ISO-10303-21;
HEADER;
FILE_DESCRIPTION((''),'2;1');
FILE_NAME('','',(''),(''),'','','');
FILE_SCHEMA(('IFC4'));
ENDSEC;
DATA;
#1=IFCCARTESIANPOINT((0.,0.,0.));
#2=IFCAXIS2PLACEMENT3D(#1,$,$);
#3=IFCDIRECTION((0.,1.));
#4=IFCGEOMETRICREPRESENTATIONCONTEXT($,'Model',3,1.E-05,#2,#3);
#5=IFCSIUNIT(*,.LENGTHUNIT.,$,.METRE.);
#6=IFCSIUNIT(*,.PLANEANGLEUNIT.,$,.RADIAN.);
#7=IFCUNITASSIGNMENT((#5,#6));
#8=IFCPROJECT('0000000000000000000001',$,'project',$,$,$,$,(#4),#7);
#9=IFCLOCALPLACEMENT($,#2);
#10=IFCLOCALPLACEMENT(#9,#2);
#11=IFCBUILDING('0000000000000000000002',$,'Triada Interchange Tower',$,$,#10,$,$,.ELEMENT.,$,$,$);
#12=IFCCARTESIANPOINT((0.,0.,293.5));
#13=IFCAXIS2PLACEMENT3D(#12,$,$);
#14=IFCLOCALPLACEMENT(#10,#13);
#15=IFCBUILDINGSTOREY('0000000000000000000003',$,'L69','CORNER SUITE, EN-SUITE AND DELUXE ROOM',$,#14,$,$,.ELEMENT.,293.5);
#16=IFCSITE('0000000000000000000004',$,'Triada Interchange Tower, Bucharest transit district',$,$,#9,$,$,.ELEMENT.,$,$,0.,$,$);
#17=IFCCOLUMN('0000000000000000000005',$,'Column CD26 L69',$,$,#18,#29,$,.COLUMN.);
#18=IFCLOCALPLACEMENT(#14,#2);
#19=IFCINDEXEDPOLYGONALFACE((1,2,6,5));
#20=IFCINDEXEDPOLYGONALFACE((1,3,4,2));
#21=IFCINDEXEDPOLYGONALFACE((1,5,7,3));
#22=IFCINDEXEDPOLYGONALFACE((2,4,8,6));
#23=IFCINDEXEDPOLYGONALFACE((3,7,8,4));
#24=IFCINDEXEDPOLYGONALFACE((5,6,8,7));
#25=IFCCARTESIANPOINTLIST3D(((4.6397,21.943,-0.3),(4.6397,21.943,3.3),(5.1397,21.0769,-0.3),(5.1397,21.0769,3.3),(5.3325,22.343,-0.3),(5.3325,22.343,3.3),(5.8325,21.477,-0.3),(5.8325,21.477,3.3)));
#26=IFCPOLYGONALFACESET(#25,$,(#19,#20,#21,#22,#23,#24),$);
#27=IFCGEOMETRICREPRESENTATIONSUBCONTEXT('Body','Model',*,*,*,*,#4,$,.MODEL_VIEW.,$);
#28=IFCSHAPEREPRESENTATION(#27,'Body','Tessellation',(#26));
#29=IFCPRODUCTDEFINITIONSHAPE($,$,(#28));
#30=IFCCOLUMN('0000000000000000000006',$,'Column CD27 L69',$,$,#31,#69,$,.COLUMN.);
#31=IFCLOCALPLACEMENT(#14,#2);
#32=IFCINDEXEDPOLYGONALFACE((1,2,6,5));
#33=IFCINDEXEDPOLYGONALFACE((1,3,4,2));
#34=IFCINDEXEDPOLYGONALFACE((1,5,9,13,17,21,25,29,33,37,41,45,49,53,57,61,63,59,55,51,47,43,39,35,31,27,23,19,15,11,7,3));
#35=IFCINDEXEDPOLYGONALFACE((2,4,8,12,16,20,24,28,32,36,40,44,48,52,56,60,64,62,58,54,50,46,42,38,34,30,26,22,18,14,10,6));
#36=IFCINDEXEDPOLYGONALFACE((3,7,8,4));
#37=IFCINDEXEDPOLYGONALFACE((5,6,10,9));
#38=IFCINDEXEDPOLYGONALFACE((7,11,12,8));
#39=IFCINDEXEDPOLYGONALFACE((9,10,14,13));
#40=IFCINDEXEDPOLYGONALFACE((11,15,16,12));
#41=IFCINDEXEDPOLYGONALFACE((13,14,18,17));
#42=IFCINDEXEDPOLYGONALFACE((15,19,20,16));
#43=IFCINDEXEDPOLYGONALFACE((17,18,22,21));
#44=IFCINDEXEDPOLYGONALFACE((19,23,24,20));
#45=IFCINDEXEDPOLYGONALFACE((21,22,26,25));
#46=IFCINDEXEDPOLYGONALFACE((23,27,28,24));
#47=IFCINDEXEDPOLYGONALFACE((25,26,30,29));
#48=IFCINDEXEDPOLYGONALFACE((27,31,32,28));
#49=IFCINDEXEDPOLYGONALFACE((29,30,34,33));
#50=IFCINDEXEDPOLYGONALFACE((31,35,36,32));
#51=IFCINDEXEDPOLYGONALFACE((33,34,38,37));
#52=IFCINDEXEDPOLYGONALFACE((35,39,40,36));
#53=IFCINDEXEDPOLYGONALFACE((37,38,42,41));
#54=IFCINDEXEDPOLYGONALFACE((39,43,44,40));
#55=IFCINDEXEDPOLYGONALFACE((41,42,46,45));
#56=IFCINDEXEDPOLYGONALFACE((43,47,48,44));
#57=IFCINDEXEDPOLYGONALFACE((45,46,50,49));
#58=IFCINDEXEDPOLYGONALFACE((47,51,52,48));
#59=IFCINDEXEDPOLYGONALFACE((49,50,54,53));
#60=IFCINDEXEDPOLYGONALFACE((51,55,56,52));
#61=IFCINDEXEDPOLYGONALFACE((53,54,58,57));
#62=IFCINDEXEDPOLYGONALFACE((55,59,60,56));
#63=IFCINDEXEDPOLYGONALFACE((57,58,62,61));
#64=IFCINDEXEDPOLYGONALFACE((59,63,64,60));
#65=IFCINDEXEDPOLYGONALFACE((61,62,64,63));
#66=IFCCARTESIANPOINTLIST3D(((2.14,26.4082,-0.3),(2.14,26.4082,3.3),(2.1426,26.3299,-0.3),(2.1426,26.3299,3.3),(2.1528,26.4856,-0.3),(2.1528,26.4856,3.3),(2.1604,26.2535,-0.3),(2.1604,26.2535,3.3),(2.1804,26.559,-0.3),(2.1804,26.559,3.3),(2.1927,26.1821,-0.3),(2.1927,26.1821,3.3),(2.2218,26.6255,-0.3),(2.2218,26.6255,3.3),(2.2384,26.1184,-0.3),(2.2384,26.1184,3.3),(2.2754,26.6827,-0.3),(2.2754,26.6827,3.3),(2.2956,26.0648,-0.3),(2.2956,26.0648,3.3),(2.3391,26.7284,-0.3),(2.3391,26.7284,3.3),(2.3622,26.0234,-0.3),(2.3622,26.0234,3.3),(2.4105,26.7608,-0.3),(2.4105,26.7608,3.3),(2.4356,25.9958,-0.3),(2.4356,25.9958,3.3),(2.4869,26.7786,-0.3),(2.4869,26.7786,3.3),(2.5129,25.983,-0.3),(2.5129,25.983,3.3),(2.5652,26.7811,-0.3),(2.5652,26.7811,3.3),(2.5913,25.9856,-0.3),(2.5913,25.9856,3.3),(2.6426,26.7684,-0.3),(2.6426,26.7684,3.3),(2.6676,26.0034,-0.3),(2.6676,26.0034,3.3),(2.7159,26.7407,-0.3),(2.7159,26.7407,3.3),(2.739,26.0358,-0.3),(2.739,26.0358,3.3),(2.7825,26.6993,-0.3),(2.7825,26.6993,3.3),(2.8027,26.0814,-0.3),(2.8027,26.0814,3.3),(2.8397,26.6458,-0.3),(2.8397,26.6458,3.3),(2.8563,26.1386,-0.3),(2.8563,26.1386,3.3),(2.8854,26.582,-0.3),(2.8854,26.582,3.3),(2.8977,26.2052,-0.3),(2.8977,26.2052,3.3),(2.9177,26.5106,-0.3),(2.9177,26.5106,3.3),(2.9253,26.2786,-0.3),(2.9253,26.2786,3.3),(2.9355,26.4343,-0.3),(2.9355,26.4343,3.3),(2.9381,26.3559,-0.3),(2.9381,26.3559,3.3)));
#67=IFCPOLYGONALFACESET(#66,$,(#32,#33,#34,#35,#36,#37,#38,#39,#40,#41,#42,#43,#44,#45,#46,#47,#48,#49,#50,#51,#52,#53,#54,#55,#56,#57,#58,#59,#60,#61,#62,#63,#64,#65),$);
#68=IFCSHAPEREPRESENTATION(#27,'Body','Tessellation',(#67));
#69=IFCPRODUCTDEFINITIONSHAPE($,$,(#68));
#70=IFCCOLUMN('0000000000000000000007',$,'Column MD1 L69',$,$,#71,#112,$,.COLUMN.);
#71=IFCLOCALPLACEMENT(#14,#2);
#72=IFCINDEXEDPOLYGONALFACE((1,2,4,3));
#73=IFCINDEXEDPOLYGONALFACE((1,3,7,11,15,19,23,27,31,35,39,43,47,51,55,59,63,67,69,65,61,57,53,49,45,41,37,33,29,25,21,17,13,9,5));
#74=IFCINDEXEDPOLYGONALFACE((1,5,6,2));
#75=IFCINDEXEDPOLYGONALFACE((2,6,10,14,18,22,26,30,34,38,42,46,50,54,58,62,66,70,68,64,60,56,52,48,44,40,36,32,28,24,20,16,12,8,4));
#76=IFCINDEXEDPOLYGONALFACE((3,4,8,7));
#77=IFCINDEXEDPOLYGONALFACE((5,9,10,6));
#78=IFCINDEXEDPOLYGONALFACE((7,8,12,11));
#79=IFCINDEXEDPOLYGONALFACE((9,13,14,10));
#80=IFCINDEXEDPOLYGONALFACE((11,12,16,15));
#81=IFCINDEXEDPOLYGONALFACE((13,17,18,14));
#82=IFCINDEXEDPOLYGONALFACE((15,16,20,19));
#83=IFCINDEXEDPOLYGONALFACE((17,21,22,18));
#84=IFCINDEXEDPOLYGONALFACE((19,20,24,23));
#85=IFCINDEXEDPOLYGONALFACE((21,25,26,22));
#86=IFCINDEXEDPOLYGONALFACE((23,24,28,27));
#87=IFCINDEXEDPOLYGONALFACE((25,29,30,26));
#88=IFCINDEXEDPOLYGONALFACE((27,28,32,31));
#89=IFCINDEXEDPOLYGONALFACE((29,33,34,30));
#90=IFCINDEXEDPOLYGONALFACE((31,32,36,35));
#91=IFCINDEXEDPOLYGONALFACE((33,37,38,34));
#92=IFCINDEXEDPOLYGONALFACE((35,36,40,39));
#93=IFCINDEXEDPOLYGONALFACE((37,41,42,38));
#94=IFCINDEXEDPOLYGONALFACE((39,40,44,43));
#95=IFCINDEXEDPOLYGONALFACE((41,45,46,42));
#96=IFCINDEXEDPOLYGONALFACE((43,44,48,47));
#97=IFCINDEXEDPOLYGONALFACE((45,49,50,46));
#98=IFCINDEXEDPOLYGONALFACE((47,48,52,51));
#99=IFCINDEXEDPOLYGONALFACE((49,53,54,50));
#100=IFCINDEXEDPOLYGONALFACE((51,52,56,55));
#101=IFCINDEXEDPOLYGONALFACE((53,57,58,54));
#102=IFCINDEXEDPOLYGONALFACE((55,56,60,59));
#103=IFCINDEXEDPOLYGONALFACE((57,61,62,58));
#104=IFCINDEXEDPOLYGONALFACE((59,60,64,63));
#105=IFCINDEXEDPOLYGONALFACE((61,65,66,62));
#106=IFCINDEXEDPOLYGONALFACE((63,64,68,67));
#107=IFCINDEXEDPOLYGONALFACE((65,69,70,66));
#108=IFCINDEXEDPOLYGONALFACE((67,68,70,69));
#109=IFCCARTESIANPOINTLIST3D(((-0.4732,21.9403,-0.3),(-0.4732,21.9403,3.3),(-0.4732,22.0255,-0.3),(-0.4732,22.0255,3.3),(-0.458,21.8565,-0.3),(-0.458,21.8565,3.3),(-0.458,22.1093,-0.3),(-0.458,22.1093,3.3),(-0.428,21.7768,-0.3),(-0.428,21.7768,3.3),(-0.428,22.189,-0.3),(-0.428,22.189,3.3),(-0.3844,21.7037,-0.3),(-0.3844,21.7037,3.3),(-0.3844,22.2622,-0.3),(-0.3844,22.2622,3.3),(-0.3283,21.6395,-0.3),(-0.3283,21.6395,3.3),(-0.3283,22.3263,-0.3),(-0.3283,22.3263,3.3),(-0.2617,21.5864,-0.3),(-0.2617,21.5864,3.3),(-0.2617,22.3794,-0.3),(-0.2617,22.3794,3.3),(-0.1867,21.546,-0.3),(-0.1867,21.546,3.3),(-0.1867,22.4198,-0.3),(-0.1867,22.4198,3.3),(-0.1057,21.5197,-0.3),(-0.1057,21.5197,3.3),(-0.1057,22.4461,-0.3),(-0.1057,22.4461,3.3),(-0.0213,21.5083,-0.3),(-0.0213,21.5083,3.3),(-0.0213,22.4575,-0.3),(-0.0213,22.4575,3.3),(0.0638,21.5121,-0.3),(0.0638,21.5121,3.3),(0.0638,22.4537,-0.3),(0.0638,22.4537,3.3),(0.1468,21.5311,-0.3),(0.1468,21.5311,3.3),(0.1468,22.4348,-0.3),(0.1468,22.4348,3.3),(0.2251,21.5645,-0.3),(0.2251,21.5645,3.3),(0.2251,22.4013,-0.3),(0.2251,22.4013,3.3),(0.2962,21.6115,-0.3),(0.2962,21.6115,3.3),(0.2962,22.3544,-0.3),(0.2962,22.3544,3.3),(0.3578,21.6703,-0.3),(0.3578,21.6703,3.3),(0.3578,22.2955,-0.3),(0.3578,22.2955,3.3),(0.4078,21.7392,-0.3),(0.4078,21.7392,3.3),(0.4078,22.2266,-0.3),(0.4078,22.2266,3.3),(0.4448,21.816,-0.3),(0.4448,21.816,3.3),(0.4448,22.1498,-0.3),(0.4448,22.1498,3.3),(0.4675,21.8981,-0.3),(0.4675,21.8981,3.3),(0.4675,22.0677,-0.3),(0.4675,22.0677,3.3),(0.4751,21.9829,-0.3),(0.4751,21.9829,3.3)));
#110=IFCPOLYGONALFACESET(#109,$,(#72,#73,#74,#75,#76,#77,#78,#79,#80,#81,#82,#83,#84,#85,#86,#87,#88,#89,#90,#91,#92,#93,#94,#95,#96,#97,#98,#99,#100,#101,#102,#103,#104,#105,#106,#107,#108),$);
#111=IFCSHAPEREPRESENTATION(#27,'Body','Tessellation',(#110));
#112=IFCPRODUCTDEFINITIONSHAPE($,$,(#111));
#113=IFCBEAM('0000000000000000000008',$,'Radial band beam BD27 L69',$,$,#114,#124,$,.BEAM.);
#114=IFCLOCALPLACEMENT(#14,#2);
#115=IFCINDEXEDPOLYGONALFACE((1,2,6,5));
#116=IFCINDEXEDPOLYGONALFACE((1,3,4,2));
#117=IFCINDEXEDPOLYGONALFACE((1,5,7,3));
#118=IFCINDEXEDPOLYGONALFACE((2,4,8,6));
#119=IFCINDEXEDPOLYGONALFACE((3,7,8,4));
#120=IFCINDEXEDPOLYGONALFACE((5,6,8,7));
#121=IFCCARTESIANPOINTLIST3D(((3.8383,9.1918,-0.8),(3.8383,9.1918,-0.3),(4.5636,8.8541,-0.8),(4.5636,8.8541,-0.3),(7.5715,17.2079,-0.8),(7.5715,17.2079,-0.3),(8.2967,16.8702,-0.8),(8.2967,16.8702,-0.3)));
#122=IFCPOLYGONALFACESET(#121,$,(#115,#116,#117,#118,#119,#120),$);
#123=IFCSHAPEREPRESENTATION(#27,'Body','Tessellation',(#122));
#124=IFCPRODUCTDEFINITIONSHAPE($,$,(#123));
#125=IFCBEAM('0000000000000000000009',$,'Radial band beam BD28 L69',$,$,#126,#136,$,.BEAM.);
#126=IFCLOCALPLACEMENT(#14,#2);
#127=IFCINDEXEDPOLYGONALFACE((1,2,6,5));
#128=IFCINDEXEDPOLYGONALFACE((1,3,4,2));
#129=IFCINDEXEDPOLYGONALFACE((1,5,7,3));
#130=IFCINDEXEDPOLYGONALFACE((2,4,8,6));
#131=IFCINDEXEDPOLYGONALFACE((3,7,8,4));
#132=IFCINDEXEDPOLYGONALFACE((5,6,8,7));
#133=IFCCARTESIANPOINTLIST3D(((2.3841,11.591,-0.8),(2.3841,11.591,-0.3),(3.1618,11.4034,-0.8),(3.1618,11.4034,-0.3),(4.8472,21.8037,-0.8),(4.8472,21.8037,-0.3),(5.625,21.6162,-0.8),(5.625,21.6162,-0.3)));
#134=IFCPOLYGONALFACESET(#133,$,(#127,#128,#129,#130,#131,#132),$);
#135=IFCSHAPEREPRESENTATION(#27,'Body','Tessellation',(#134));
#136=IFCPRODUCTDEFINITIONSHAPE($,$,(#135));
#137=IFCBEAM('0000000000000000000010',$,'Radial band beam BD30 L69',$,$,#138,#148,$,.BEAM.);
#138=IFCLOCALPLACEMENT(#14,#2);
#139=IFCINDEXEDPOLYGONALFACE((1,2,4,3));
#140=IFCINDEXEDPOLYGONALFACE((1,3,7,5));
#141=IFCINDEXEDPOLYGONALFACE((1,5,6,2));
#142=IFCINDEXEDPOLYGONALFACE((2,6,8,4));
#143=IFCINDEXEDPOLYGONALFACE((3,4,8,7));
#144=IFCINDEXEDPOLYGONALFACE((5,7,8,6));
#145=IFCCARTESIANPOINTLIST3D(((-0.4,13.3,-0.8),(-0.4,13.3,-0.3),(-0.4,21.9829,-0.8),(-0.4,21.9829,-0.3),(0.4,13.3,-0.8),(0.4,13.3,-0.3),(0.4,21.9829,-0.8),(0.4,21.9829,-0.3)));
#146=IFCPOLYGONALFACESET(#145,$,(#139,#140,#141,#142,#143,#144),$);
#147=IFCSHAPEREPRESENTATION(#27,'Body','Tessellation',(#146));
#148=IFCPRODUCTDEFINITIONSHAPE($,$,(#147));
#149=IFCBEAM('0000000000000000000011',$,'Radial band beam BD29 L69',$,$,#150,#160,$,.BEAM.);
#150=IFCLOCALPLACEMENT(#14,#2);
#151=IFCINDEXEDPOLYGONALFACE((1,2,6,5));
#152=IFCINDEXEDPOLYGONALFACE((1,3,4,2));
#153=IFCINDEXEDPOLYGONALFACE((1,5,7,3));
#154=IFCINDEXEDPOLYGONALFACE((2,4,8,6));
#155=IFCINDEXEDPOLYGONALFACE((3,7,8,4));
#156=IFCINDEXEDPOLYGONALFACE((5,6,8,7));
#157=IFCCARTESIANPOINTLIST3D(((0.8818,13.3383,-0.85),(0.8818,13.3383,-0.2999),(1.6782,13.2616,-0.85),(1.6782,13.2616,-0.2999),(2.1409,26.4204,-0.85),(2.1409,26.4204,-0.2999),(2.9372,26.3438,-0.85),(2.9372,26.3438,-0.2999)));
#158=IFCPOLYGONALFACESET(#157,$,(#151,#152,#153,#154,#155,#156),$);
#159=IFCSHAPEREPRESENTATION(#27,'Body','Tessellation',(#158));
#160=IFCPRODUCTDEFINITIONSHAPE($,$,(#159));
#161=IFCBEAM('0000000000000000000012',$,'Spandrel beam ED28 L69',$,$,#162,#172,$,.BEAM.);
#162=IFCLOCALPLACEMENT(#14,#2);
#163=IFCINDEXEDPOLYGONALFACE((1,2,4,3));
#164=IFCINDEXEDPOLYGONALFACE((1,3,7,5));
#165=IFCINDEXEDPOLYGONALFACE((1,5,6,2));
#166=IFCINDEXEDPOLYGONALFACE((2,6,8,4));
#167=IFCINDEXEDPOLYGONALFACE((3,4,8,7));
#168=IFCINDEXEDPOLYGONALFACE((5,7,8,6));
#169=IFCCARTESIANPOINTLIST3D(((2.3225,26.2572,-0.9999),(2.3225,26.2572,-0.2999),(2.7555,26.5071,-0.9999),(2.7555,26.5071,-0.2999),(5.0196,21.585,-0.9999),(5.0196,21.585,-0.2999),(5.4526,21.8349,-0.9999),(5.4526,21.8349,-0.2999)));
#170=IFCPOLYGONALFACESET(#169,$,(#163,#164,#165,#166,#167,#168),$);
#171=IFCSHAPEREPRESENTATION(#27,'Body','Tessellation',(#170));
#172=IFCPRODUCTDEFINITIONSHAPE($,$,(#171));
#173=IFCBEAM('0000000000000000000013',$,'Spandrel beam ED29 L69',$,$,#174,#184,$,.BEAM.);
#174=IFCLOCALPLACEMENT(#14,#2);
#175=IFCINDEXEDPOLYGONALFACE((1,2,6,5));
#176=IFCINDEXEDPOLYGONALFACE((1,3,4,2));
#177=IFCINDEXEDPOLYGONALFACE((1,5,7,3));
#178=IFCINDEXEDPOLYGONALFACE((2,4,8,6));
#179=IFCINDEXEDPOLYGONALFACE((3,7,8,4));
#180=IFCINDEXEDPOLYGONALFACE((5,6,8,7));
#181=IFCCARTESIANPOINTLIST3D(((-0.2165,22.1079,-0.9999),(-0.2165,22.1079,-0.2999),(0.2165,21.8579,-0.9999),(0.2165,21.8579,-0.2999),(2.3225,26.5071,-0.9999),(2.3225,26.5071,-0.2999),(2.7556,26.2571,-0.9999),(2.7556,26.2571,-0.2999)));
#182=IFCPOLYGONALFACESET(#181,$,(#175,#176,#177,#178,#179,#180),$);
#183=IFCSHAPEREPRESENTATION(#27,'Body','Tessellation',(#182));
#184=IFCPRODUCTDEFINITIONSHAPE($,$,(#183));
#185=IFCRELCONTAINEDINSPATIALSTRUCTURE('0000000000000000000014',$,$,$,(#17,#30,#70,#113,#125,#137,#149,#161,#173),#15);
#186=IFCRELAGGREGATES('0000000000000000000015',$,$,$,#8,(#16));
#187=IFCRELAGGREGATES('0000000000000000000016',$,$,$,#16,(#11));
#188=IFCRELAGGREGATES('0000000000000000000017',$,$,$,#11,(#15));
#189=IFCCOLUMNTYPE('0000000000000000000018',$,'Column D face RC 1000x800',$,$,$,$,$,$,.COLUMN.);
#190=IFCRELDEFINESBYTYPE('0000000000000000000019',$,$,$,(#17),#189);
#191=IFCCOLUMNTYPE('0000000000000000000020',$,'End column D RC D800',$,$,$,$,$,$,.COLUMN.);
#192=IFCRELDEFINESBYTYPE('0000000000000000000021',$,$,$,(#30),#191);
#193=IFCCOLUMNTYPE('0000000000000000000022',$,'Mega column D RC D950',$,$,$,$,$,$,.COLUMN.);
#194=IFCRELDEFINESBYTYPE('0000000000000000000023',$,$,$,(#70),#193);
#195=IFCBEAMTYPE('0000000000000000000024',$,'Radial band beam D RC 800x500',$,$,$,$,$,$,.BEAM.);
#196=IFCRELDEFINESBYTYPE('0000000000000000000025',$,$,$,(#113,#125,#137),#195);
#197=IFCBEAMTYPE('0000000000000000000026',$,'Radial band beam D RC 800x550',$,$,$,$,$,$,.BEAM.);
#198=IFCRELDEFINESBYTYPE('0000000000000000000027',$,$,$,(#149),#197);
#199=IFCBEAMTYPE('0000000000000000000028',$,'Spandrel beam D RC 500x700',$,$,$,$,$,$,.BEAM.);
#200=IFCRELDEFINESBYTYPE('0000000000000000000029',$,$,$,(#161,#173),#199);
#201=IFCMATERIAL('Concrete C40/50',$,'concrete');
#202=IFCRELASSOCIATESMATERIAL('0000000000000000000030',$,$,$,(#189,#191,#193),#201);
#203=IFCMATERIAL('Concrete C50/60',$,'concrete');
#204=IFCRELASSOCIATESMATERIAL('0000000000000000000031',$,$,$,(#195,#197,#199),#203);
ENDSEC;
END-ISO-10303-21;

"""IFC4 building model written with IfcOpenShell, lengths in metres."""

from ifc_helpers import new_model, si_unit, direction, frame, origin, origin_2d, place, context, subcontext, project, spatial, rectangle, circle, extrude, material, material_profile, profile_set, type_object, element, save


model = new_model("IFC4")

# Units and contexts
model_context = context("Model", 3, precision=1e-05, world=origin(), true_north=direction((0.0, 1.0)))
body_context = subcontext(model_context, "Body", "Model", "MODEL_VIEW")
ifc_project = project(units=[si_unit("LENGTHUNIT", "METRE"), si_unit("PLANEANGLEUNIT", "RADIAN")], contexts=[model_context])

# Site, building, storey
site_placement = place(None, origin())
site = spatial("IfcSite", under=ifc_project, at=site_placement, Name="Triada Interchange Tower, Bucharest transit district", CompositionType="ELEMENT", RefElevation=0.0)
building_placement = place(site_placement, origin())
building = spatial("IfcBuilding", under=site, at=building_placement, Name="Triada Interchange Tower", CompositionType="ELEMENT")
storey_placement = place(building_placement, frame((0.0, 0.0, 293.5)))
storey = spatial("IfcBuildingStorey", under=building, at=storey_placement, Name="L69", Description="CORNER SUITE, EN-SUITE AND DELUXE ROOM", CompositionType="ELEMENT", Elevation=293.5)

# Columns
ifc_material_1 = material(Name="Concrete C40/50", Category="concrete")
ifc_material_profile_1 = material_profile(ifc_material_1, rectangle(XDim=1.0, YDim=0.8, at=origin_2d()), Name="RC 1000x800")
ifc_profile_set_1 = profile_set([ifc_material_profile_1], Name="Concrete C40/50")
column_type_1 = type_object("IfcColumnType", Name="Column D face RC 1000x800", PredefinedType="COLUMN", material=ifc_profile_set_1)
column_1_placement = place(storey_placement, frame((5.2361, 21.71, -0.3), z_axis=(0.0, 0.0, 1.0), x_axis=(-0.5, 0.866025, 0.0)))
element("IfcColumn", 1, at=column_1_placement, inside=storey, type_object=column_type_1, Name="Column CD26 L69", PredefinedType="COLUMN", context=body_context, shape_type="SweptSolid", body=[
    extrude(rectangle(XDim=1.0, YDim=0.8, at=origin_2d()), origin(), (0.0, 0.0, 1.0), 3.6001),
])
ifc_material_profile_2 = material_profile(ifc_material_1, circle(Radius=0.3999, at=origin_2d()), Name="RC D800")
ifc_profile_set_2 = profile_set([ifc_material_profile_2], Name="Concrete C40/50")
column_type_2 = type_object("IfcColumnType", Name="End column D RC D800", PredefinedType="COLUMN", material=ifc_profile_set_2)
column_2_placement = place(storey_placement, frame((2.5391, 26.3821, -0.3), z_axis=(0.0, 0.0, 1.0), x_axis=(-0.5, 0.866025, 0.0)))
element("IfcColumn", 2, at=column_2_placement, inside=storey, type_object=column_type_2, Name="Column CD27 L69", PredefinedType="COLUMN", context=body_context, shape_type="SweptSolid", body=[
    extrude(circle(Radius=0.3999, at=origin_2d()), origin(), (0.0, 0.0, 1.0), 3.6001),
])
ifc_material_profile_3 = material_profile(ifc_material_1, circle(Radius=0.4751, at=origin_2d()), Name="RC D950")
ifc_profile_set_3 = profile_set([ifc_material_profile_3], Name="Concrete C40/50")
column_type_3 = type_object("IfcColumnType", Name="Mega column D RC D950", PredefinedType="COLUMN", material=ifc_profile_set_3)
column_3_placement = place(storey_placement, frame((0.0, 21.9829, -0.3), z_axis=(0.0, 0.0, 1.0), x_axis=(1.0, 0.0, 0.0)))
element("IfcColumn", 3, at=column_3_placement, inside=storey, type_object=column_type_3, Name="Column MD1 L69", PredefinedType="COLUMN", context=body_context, shape_type="SweptSolid", body=[
    extrude(circle(Radius=0.4751, at=origin_2d()), origin(), (0.0, 0.0, 1.0), 3.6001),
])

# Beams
ifc_material_2 = material(Name="Concrete C50/60", Category="concrete")
ifc_material_profile_4 = material_profile(ifc_material_2, rectangle(XDim=0.8, YDim=0.5, at=origin_2d()), Name="RC 800x500")
ifc_profile_set_4 = profile_set([ifc_material_profile_4], Name="Concrete C50/60")
beam_type_1 = type_object("IfcBeamType", Name="Radial band beam D RC 800x500", PredefinedType="BEAM", material=ifc_profile_set_4)
beam_1_placement = place(storey_placement, frame((7.9341, 17.0391, -0.55), z_axis=(-0.42217, -0.906516, 0.0), x_axis=(0.906516, -0.42217, 0.0)))
element("IfcBeam", 4, at=beam_1_placement, inside=storey, type_object=beam_type_1, Name="Radial band beam BD27 L69", PredefinedType="BEAM", context=body_context, shape_type="SweptSolid", body=[
    extrude(rectangle(XDim=0.8, YDim=0.5, at=origin_2d()), origin(), (0.0, 0.0, 1.0), 8.8428),
])
beam_2_placement = place(storey_placement, frame((5.2361, 21.71, -0.55), z_axis=(-0.234457, -0.972127, 0.0), x_axis=(0.972127, -0.234457, 0.0)))
element("IfcBeam", 5, at=beam_2_placement, inside=storey, type_object=beam_type_1, Name="Radial band beam BD28 L69", PredefinedType="BEAM", context=body_context, shape_type="SweptSolid", body=[
    extrude(rectangle(XDim=0.8, YDim=0.5, at=origin_2d()), origin(), (0.0, 0.0, 1.0), 10.5056),
])
beam_3_placement = place(storey_placement, frame((0.0, 21.9829, -0.55), z_axis=(0.0, -1.0, 0.0), x_axis=(1.0, 0.0, 0.0)))
element("IfcBeam", 6, at=beam_3_placement, inside=storey, type_object=beam_type_1, Name="Radial band beam BD30 L69", PredefinedType="BEAM", context=body_context, shape_type="SweptSolid", body=[
    extrude(rectangle(XDim=0.8, YDim=0.5, at=origin_2d()), origin(), (0.0, 0.0, 1.0), 8.6829),
])
ifc_material_profile_5 = material_profile(ifc_material_2, rectangle(XDim=0.8, YDim=0.55, at=origin_2d()), Name="RC 800x550")
ifc_profile_set_5 = profile_set([ifc_material_profile_5], Name="Concrete C50/60")
beam_type_2 = type_object("IfcBeamType", Name="Radial band beam D RC 800x550", PredefinedType="BEAM", material=ifc_profile_set_5)
beam_4_placement = place(storey_placement, frame((2.5391, 26.3821, -0.575), z_axis=(-0.095799, -0.995401, 0.0), x_axis=(0.995401, -0.095799, 0.0)))
element("IfcBeam", 7, at=beam_4_placement, inside=storey, type_object=beam_type_2, Name="Radial band beam BD29 L69", PredefinedType="BEAM", context=body_context, shape_type="SweptSolid", body=[
    extrude(rectangle(XDim=0.8, YDim=0.55, at=origin_2d()), origin(), (0.0, 0.0, 1.0), 13.1426),
])
ifc_material_profile_6 = material_profile(ifc_material_2, rectangle(XDim=0.5, YDim=0.7, at=origin_2d()), Name="RC 500x700")
ifc_profile_set_6 = profile_set([ifc_material_profile_6], Name="Concrete C50/60")
beam_type_3 = type_object("IfcBeamType", Name="Spandrel beam D RC 500x700", PredefinedType="BEAM", material=ifc_profile_set_6)
beam_5_placement = place(storey_placement, frame((5.2361, 21.71, -0.6499), z_axis=(-0.499941, 0.86606, 0.0), x_axis=(-0.86606, -0.499941, 0.0)))
element("IfcBeam", 8, at=beam_5_placement, inside=storey, type_object=beam_type_3, Name="Spandrel beam ED28 L69", PredefinedType="BEAM", context=body_context, shape_type="SweptSolid", body=[
    extrude(rectangle(XDim=0.5, YDim=0.7, at=origin_2d()), origin(), (0.0, 0.0, 1.0), 5.3948),
])
for number, where, z_axis, x_axis, name in (
    (9, (2.5391, 26.3821, -0.6499), (-0.499882, -0.866094, 0.0), (0.866094, -0.499882, 0.0), "Spandrel beam ED29 L69"),
):
    element("IfcBeam", number, at=place(storey_placement, frame(where, z_axis=z_axis, x_axis=x_axis)), inside=storey, type_object=beam_type_3, Name=name, PredefinedType="BEAM", context=body_context, shape_type="SweptSolid", body=[
        extrude(rectangle(XDim=0.5, YDim=0.7, at=origin_2d()), origin(), (0.0, 0.0, 1.0), 5.0793),
    ])

save(model, "model.ifc")
